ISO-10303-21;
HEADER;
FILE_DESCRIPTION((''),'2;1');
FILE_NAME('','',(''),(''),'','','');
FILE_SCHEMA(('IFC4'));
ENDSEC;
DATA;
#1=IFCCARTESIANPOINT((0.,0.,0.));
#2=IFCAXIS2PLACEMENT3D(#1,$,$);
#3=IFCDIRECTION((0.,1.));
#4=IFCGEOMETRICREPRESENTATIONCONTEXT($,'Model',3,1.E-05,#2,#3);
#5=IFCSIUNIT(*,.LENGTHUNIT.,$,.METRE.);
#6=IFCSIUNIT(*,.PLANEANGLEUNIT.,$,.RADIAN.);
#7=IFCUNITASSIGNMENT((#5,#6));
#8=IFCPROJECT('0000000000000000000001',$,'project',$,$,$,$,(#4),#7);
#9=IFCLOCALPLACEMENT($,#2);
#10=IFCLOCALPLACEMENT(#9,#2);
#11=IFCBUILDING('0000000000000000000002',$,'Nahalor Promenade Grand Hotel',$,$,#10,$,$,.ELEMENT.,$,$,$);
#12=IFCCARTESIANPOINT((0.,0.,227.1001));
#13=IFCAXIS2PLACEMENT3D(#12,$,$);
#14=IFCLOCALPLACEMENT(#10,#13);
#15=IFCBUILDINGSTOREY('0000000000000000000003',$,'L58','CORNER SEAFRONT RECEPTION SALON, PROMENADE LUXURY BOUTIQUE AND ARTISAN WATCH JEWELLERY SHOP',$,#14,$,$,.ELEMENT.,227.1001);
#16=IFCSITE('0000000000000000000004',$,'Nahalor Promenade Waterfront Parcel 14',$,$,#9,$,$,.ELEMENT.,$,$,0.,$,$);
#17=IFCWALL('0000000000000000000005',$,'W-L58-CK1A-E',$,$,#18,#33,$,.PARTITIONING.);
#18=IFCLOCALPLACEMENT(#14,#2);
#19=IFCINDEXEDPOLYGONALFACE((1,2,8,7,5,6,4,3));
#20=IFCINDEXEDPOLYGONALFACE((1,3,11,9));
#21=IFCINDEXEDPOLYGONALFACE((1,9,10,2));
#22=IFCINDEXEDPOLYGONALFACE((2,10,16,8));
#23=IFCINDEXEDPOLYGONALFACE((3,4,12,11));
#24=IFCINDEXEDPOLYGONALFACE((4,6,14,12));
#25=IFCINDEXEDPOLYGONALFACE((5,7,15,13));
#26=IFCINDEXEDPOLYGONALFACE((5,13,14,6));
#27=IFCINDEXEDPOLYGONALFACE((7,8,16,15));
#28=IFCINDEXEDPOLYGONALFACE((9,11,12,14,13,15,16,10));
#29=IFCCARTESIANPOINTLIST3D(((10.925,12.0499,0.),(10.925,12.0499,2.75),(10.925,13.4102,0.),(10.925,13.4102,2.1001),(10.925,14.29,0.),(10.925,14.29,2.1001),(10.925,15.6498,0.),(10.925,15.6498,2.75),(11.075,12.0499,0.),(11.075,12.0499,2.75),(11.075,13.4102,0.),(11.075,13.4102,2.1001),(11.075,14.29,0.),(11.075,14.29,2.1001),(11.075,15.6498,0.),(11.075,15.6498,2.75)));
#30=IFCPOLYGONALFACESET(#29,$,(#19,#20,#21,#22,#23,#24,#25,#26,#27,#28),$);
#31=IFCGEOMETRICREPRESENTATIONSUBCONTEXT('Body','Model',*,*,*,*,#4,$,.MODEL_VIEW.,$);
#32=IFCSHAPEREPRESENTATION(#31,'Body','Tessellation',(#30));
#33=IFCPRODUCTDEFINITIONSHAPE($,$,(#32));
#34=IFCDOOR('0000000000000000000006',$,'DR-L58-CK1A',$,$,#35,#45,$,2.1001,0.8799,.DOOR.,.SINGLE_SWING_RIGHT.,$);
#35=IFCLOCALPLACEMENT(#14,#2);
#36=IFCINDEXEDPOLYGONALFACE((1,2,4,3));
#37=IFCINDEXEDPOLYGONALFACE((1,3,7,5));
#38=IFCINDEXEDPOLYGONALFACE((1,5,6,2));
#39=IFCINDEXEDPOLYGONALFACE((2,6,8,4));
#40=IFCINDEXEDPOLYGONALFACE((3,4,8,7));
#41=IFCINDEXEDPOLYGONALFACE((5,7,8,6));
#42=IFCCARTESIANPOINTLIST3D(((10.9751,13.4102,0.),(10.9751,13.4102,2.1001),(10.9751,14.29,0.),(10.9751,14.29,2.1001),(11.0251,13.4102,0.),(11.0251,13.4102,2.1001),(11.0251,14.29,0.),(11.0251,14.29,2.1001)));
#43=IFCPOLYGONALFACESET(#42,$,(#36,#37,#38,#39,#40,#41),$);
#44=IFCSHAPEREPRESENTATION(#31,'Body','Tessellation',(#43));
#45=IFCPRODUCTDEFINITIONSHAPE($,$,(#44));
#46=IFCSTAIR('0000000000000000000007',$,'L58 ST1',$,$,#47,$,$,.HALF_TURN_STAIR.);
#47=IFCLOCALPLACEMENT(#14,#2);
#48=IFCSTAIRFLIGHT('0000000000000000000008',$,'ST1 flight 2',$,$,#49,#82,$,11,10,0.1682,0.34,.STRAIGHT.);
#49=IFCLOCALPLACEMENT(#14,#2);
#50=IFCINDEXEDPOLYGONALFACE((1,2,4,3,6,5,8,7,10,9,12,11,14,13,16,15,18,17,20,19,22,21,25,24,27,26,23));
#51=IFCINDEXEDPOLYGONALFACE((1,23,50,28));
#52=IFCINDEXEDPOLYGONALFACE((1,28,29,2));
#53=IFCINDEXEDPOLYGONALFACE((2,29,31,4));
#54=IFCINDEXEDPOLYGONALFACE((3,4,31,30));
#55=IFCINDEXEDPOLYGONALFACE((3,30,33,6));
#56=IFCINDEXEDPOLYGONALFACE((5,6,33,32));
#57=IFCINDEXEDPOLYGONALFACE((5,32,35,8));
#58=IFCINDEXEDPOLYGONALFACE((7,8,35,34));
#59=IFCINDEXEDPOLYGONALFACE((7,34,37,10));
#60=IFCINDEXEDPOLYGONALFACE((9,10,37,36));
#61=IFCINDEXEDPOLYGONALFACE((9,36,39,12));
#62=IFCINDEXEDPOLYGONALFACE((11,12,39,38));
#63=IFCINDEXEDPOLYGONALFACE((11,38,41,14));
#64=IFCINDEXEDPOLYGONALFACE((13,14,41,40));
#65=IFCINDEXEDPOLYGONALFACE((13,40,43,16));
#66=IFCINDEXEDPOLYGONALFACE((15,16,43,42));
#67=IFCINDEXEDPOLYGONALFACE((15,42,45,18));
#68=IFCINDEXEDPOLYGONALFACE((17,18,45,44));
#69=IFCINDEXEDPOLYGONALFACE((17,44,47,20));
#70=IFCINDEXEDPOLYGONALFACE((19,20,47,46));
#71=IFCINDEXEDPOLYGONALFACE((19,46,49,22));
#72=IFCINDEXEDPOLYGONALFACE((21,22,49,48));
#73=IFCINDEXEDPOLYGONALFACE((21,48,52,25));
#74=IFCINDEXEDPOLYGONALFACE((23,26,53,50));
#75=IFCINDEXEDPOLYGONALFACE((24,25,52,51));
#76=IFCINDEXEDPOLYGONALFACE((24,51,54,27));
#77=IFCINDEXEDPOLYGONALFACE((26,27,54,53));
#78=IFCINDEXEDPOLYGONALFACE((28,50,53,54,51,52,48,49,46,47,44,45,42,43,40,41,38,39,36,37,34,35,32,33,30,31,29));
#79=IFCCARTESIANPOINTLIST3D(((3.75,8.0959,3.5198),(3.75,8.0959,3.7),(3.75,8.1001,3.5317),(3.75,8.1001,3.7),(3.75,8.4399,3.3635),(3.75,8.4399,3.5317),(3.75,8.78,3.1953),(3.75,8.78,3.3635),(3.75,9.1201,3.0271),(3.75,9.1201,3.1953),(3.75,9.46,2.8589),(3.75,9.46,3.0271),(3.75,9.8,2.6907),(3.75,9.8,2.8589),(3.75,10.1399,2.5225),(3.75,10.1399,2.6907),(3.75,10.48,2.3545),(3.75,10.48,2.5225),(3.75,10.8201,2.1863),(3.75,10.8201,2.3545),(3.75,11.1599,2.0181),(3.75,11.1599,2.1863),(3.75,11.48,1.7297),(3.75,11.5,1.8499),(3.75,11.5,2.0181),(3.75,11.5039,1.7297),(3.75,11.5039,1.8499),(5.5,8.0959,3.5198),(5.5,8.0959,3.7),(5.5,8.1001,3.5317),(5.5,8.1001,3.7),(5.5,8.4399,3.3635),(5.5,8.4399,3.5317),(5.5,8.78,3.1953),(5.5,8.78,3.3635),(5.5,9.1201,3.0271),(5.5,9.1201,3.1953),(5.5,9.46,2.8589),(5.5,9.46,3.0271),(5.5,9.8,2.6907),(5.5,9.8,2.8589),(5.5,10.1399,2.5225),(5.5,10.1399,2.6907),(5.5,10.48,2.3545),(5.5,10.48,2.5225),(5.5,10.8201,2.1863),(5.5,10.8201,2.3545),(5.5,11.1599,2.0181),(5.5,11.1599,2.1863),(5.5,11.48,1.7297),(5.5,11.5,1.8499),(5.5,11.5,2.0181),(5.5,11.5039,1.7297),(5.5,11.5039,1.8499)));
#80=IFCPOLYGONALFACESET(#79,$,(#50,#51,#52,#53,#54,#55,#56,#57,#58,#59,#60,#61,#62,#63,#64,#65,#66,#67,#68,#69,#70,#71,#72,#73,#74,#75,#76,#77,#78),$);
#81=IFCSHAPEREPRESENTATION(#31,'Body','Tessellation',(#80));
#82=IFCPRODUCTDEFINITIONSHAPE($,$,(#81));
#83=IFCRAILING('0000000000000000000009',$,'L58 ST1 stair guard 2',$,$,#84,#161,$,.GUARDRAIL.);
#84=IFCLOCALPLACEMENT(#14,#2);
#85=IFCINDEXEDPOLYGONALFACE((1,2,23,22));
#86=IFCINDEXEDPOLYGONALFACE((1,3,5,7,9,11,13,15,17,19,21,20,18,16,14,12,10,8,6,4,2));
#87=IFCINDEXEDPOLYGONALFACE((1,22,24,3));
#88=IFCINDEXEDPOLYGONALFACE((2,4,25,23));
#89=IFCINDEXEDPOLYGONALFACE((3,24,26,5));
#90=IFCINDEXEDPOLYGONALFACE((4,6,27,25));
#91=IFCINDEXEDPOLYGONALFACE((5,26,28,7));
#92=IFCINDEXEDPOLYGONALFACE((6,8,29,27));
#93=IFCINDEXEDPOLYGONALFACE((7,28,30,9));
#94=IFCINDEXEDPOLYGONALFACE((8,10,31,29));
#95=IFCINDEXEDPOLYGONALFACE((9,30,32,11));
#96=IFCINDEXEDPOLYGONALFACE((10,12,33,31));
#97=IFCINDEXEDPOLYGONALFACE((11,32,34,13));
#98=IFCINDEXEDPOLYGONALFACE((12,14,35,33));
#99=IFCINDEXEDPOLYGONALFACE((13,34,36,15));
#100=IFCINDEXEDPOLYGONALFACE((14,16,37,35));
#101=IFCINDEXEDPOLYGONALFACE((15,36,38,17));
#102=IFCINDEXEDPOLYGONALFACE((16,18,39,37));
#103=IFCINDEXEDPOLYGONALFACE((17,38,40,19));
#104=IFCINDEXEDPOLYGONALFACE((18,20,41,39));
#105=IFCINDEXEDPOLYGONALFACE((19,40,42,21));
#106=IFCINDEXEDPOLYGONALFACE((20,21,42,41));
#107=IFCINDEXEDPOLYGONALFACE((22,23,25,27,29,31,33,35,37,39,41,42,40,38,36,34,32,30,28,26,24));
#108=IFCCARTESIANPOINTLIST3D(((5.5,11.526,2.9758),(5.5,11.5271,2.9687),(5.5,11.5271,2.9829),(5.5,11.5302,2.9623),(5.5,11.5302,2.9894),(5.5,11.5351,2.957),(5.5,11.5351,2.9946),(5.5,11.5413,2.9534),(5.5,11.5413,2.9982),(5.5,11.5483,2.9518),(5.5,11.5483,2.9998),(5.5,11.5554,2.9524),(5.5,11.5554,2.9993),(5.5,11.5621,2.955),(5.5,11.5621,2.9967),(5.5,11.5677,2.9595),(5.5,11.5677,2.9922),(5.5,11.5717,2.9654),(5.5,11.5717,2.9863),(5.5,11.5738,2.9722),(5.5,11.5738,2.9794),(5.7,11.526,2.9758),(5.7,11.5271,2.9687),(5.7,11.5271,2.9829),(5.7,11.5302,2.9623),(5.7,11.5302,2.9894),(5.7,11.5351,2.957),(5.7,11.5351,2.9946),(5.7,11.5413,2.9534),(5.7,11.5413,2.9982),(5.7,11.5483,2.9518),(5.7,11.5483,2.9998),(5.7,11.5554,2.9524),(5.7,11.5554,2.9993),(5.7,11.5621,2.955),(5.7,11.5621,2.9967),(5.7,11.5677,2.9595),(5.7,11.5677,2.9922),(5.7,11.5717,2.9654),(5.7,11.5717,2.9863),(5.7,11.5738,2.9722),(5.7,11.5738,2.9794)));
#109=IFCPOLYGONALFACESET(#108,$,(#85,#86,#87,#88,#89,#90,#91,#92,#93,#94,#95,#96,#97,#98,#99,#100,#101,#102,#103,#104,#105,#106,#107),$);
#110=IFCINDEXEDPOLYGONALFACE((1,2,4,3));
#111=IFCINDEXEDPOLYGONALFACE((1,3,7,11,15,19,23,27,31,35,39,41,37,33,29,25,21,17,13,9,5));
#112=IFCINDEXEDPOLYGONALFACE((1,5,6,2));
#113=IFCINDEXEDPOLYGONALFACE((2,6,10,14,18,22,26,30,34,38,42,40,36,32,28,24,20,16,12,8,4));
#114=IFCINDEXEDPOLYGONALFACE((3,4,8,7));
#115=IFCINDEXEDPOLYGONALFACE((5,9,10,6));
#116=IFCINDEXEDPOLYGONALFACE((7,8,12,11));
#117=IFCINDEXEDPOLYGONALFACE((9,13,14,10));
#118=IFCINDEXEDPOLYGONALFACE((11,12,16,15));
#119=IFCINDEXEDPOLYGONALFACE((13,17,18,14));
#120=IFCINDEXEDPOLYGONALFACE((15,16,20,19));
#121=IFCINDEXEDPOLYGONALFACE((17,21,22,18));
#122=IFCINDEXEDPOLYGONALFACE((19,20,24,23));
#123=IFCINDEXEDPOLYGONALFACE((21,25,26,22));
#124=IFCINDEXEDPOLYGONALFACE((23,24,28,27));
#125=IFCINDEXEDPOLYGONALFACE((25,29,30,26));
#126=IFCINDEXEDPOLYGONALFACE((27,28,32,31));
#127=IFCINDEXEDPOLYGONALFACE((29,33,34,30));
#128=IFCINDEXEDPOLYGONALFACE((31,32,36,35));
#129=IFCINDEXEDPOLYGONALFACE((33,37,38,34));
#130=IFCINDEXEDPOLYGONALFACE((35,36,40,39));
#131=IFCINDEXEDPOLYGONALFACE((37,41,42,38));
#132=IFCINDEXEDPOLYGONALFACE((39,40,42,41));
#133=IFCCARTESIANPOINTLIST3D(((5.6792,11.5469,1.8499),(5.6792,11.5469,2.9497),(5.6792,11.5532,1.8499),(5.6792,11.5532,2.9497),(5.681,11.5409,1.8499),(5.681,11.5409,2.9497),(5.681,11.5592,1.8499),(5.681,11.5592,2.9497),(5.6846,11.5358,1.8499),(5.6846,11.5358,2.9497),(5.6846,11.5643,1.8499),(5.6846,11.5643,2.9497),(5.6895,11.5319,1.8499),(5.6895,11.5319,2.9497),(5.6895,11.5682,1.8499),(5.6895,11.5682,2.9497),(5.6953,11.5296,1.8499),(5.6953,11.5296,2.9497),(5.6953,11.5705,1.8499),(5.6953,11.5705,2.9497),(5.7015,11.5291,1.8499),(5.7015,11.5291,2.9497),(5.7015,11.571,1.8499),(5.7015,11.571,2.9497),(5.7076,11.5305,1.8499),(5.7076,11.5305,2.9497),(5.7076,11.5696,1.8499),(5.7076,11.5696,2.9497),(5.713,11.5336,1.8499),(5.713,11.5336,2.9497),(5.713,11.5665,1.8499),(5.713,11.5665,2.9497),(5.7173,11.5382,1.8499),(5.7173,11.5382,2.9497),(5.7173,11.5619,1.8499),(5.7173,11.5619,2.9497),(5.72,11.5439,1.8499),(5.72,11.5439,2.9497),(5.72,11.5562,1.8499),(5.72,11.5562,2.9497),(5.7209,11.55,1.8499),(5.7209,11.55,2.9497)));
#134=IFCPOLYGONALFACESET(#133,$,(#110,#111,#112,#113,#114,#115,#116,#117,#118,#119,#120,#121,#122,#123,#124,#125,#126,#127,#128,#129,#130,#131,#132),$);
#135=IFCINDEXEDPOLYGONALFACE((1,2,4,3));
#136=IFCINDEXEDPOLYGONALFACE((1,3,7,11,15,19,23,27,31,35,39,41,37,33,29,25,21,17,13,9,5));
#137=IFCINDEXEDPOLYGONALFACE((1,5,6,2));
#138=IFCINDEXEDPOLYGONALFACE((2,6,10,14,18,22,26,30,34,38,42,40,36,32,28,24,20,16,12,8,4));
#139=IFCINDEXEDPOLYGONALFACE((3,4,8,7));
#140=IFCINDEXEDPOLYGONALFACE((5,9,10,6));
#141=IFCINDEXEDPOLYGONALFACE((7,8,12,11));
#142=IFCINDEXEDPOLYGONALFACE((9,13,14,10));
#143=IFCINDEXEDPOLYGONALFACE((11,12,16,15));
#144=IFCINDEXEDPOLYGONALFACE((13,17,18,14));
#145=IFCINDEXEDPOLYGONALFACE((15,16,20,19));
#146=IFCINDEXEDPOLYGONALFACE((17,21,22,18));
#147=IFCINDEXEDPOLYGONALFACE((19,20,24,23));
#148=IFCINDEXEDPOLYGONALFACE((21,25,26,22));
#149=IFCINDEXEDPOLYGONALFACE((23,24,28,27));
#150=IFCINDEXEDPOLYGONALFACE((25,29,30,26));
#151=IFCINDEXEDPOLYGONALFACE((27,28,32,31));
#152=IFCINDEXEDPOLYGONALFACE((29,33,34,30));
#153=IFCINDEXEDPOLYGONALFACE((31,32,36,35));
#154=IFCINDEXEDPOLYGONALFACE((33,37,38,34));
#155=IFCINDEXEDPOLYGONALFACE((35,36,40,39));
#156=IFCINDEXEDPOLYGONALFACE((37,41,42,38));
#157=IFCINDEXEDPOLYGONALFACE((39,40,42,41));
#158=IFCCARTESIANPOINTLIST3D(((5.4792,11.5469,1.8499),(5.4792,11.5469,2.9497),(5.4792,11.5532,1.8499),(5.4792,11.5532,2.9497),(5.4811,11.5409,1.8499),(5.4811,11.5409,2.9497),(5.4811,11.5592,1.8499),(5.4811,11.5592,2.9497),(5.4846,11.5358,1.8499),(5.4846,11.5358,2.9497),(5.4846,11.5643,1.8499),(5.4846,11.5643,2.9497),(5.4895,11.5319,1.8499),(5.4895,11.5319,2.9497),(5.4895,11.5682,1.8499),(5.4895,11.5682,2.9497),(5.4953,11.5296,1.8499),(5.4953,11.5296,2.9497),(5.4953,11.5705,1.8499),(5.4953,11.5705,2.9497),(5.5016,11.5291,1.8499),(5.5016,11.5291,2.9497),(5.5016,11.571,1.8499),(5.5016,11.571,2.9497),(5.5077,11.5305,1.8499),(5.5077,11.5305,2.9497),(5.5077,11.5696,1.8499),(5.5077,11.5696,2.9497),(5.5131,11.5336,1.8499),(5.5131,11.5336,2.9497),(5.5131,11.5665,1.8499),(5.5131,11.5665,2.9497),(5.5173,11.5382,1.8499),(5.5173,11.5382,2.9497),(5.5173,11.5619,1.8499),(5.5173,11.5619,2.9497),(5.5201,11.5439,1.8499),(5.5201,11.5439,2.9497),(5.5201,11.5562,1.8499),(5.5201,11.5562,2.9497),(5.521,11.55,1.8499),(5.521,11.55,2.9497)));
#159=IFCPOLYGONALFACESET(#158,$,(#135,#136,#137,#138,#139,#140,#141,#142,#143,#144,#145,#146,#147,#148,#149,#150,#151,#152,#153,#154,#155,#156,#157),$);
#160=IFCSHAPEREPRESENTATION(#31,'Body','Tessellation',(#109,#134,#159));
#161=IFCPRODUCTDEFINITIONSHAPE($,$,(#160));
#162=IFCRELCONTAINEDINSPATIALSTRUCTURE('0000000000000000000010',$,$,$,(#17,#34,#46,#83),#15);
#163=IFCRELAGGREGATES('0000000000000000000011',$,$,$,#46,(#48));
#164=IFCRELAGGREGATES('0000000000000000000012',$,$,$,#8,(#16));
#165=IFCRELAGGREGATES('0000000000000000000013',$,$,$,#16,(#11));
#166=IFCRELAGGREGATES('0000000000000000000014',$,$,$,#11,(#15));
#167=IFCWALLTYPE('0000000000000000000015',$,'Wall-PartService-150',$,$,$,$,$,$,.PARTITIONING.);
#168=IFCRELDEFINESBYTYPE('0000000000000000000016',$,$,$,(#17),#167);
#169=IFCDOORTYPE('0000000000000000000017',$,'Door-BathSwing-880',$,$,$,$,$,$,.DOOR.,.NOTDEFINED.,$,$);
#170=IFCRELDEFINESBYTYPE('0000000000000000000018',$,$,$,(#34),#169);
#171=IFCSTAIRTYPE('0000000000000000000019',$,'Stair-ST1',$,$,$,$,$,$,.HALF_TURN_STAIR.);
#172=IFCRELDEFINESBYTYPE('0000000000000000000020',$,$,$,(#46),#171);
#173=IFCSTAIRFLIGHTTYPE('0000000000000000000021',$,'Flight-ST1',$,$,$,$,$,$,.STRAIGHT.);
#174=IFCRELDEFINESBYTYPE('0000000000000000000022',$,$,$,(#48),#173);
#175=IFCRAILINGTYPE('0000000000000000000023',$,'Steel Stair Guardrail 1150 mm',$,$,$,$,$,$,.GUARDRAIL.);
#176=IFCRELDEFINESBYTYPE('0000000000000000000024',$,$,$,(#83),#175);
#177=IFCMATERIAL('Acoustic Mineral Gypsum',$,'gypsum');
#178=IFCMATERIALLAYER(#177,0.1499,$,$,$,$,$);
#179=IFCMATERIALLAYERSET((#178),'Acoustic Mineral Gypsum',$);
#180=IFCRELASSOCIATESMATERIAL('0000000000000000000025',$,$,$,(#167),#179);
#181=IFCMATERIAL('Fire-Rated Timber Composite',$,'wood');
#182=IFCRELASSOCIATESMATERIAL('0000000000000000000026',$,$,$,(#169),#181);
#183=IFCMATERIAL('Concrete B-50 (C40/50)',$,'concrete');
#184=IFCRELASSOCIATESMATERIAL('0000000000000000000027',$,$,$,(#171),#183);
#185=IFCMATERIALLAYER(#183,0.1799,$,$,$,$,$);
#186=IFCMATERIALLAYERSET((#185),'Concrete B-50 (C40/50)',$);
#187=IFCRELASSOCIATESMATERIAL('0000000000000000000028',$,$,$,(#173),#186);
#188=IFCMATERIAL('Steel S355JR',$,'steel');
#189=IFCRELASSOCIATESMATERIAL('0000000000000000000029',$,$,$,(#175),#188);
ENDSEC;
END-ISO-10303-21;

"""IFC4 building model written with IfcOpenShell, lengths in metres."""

from ifc_helpers import new_model, si_unit, direction, frame, frame_2d, origin, origin_2d, place, context, subcontext, project, spatial, polyline, rectangle, circle, outline, extrude, source, transform, mapped, material, layer, layer_set, type_object, element, fill, aggregate, save


model = new_model("IFC4")

# Units and contexts
model_context = context("Model", 3, precision=1e-05, world=origin(), true_north=direction((0.0, 1.0)))
body_context = subcontext(model_context, "Body", "Model", "MODEL_VIEW")
ifc_project = project(units=[si_unit("LENGTHUNIT", "METRE"), si_unit("PLANEANGLEUNIT", "RADIAN")], contexts=[model_context])

# Site, building, storey
site_placement = place(None, origin())
site = spatial("IfcSite", under=ifc_project, at=site_placement, Name="Nahalor Promenade Waterfront Parcel 14", CompositionType="ELEMENT", RefElevation=0.0)
building_placement = place(site_placement, origin())
building = spatial("IfcBuilding", under=site, at=building_placement, Name="Nahalor Promenade Grand Hotel", CompositionType="ELEMENT")
storey_placement = place(building_placement, frame((0.0, 0.0, 227.1001)))
storey = spatial("IfcBuildingStorey", under=building, at=storey_placement, Name="L58", Description="CORNER SEAFRONT RECEPTION SALON, PROMENADE LUXURY BOUTIQUE AND ARTISAN WATCH JEWELLERY SHOP", CompositionType="ELEMENT", Elevation=227.1001)

# Shared definitions
ifc_material_1 = material(Name="Steel S355JR", Category="steel")

# Shared definitions
ifc_material_2 = material(Name="Concrete B-50 (C40/50)", Category="concrete")
ifc_material_3 = material(Name="Acoustic Mineral Gypsum", Category="gypsum")
ifc_layer_1 = layer(ifc_material_3, 0.1499)
ifc_layer_set_1 = layer_set([ifc_layer_1], Name="Acoustic Mineral Gypsum")
wall_type_1 = type_object("IfcWallType", Name="Wall-PartService-150", PredefinedType="PARTITIONING", material=ifc_layer_set_1)
shared_shape_1 = source(origin(), body_context, "Body", "SweptSolid", [
    extrude(rectangle(XDim=3.5999, YDim=0.1499, at=frame_2d((1.7998, 0.0))), origin(), (0.0, 0.0, 1.0), 2.75),
])

# Wall, opening, door
wall_1_placement = place(storey_placement, frame((11.0, 12.05, 0.0), z_axis=(0.0, 0.0, 1.0), x_axis=(0.0, 1.0, 0.0)))
wall_1 = element("IfcWall", 1, at=wall_1_placement, inside=storey, type_object=wall_type_1, Name="W-L58-CK1A-E", PredefinedType="PARTITIONING", context=body_context, shape_type="MappedRepresentation", body=[
    mapped(shared_shape_1, transform((0.0, 0.0, 0.0), scale=1.0)),
])
opening_placement = place(wall_1_placement, frame((1.3601, 0.0, 0.0)))
opening = element("IfcOpeningElement", 2, at=opening_placement, cuts=wall_1, PredefinedType="OPENING", context=body_context, shape_type="SweptSolid", body=[
    extrude(rectangle(XDim=0.8799, YDim=2.1001, at=frame_2d((0.4399, 1.05))), frame((0.0, 0.085, 0.0), z_axis=(0.0, -1.0, 0.0), x_axis=(1.0, 0.0, 0.0)), (0.0, 0.0, 1.0), 0.1699),
])
ifc_material_4 = material(Name="Fire-Rated Timber Composite", Category="wood")
door_type = type_object("IfcDoorType", Name="Door-BathSwing-880", OperationType="NOTDEFINED", PredefinedType="DOOR", material=ifc_material_4)
shared_shape_2 = source(origin(), body_context, "Body", "SweptSolid", [
    extrude(rectangle(XDim=0.8799, YDim=2.1001, at=frame_2d((0.4399, 1.05))), frame((0.0, 0.0249, 0.0), z_axis=(0.0, -1.0, 0.0), x_axis=(1.0, 0.0, 0.0)), (0.0, 0.0, 1.0), 0.05),
])
door_placement = place(opening_placement, origin())
door = element("IfcDoor", 3, at=door_placement, inside=storey, type_object=door_type, Name="DR-L58-CK1A", OperationType="SINGLE_SWING_RIGHT", OverallHeight=2.1001, OverallWidth=0.8799, PredefinedType="DOOR", context=body_context, shape_type="MappedRepresentation", body=[
    mapped(shared_shape_2, transform((0.0, 0.0, 0.0), scale=1.0)),
])
fill(opening, door)

# Stair, stair flight
stair_type = type_object("IfcStairType", Name="Stair-ST1", PredefinedType="HALF_TURN_STAIR", material=ifc_material_2)
stair_placement = place(storey_placement, origin())
stair = element("IfcStair", 4, at=stair_placement, inside=storey, type_object=stair_type, Name="L58 ST1", PredefinedType="HALF_TURN_STAIR")
ifc_layer_2 = layer(ifc_material_2, 0.1799)
ifc_layer_set_2 = layer_set([ifc_layer_2], Name="Concrete B-50 (C40/50)")
stair_flight_type = type_object("IfcStairFlightType", Name="Flight-ST1", PredefinedType="STRAIGHT", material=ifc_layer_set_2)
shared_shape_3 = source(origin(), body_context, "Body", "SweptSolid", [
    extrude(outline(polyline([(-0.0039, -0.1201), (-0.0039, 0.0), (0.0, 0.0), (0.0, 0.1682), (0.3401, 0.1682), (0.3401, 0.3364), (0.6799, 0.3364), (0.6799, 0.5046), (1.02, 0.5046), (1.02, 0.6726), (1.3601, 0.6726), (1.3601, 0.8408), (1.7, 0.8408), (1.7, 1.009), (2.04, 1.009), (2.04, 1.1772), (2.3799, 1.1772), (2.3799, 1.3455), (2.72, 1.3455), (2.72, 1.5137), (3.0601, 1.5137), (3.0601, 1.6819), (3.3999, 1.6819), (3.3999, 1.8501), (3.4041, 1.8501), (3.4041, 1.6699), (0.02, -0.1201), (-0.0039, -0.1201)])), frame((0.0, 0.875, 0.0), z_axis=(0.0, -1.0, 0.0), x_axis=(1.0, 0.0, 0.0)), (0.0, 0.0, 1.0), 1.75),
])
stair_flight_placement = place(storey_placement, frame((4.625, 11.5, 1.8499), z_axis=(0.0, 0.0, 1.0), x_axis=(0.0, -1.0, 0.0)))
stair_flight = element("IfcStairFlight", 5, at=stair_flight_placement, type_object=stair_flight_type, Name="ST1 flight 2", NumberOfRisers=11, NumberOfTreads=10, PredefinedType="STRAIGHT", RiserHeight=0.1682, TreadLength=0.34, context=body_context, shape_type="MappedRepresentation", body=[
    mapped(shared_shape_3, transform((0.0, 0.0, 0.0), scale=1.0)),
])
aggregate(stair, [stair_flight])

# Railing
railing_type_1 = type_object("IfcRailingType", Name="Steel Stair Guardrail 1150 mm", PredefinedType="GUARDRAIL", material=ifc_material_1)
railing_1_placement = place(storey_placement, frame((5.7, 11.55, 1.8499)))
element("IfcRailing", 6, at=railing_1_placement, inside=storey, type_object=railing_type_1, Name="L58 ST1 stair guard 2", PredefinedType="GUARDRAIL", context=body_context, shape_type="SweptSolid", body=[
    extrude(circle(Radius=0.024, at=origin_2d()), frame((0.0, 0.0, 1.126), z_axis=(-1.0, 0.0, 0.0), x_axis=(0.0, -1.0, 0.0)), (0.0, 0.0, 1.0), 0.2),
    extrude(circle(Radius=0.021, at=origin_2d()), origin(), (0.0, 0.0, 1.0), 1.0999),
    extrude(circle(Radius=0.021, at=origin_2d()), frame((-0.2, 0.0, 0.0)), (0.0, 0.0, 1.0), 1.0999),
])

save(model, "model.ifc")
